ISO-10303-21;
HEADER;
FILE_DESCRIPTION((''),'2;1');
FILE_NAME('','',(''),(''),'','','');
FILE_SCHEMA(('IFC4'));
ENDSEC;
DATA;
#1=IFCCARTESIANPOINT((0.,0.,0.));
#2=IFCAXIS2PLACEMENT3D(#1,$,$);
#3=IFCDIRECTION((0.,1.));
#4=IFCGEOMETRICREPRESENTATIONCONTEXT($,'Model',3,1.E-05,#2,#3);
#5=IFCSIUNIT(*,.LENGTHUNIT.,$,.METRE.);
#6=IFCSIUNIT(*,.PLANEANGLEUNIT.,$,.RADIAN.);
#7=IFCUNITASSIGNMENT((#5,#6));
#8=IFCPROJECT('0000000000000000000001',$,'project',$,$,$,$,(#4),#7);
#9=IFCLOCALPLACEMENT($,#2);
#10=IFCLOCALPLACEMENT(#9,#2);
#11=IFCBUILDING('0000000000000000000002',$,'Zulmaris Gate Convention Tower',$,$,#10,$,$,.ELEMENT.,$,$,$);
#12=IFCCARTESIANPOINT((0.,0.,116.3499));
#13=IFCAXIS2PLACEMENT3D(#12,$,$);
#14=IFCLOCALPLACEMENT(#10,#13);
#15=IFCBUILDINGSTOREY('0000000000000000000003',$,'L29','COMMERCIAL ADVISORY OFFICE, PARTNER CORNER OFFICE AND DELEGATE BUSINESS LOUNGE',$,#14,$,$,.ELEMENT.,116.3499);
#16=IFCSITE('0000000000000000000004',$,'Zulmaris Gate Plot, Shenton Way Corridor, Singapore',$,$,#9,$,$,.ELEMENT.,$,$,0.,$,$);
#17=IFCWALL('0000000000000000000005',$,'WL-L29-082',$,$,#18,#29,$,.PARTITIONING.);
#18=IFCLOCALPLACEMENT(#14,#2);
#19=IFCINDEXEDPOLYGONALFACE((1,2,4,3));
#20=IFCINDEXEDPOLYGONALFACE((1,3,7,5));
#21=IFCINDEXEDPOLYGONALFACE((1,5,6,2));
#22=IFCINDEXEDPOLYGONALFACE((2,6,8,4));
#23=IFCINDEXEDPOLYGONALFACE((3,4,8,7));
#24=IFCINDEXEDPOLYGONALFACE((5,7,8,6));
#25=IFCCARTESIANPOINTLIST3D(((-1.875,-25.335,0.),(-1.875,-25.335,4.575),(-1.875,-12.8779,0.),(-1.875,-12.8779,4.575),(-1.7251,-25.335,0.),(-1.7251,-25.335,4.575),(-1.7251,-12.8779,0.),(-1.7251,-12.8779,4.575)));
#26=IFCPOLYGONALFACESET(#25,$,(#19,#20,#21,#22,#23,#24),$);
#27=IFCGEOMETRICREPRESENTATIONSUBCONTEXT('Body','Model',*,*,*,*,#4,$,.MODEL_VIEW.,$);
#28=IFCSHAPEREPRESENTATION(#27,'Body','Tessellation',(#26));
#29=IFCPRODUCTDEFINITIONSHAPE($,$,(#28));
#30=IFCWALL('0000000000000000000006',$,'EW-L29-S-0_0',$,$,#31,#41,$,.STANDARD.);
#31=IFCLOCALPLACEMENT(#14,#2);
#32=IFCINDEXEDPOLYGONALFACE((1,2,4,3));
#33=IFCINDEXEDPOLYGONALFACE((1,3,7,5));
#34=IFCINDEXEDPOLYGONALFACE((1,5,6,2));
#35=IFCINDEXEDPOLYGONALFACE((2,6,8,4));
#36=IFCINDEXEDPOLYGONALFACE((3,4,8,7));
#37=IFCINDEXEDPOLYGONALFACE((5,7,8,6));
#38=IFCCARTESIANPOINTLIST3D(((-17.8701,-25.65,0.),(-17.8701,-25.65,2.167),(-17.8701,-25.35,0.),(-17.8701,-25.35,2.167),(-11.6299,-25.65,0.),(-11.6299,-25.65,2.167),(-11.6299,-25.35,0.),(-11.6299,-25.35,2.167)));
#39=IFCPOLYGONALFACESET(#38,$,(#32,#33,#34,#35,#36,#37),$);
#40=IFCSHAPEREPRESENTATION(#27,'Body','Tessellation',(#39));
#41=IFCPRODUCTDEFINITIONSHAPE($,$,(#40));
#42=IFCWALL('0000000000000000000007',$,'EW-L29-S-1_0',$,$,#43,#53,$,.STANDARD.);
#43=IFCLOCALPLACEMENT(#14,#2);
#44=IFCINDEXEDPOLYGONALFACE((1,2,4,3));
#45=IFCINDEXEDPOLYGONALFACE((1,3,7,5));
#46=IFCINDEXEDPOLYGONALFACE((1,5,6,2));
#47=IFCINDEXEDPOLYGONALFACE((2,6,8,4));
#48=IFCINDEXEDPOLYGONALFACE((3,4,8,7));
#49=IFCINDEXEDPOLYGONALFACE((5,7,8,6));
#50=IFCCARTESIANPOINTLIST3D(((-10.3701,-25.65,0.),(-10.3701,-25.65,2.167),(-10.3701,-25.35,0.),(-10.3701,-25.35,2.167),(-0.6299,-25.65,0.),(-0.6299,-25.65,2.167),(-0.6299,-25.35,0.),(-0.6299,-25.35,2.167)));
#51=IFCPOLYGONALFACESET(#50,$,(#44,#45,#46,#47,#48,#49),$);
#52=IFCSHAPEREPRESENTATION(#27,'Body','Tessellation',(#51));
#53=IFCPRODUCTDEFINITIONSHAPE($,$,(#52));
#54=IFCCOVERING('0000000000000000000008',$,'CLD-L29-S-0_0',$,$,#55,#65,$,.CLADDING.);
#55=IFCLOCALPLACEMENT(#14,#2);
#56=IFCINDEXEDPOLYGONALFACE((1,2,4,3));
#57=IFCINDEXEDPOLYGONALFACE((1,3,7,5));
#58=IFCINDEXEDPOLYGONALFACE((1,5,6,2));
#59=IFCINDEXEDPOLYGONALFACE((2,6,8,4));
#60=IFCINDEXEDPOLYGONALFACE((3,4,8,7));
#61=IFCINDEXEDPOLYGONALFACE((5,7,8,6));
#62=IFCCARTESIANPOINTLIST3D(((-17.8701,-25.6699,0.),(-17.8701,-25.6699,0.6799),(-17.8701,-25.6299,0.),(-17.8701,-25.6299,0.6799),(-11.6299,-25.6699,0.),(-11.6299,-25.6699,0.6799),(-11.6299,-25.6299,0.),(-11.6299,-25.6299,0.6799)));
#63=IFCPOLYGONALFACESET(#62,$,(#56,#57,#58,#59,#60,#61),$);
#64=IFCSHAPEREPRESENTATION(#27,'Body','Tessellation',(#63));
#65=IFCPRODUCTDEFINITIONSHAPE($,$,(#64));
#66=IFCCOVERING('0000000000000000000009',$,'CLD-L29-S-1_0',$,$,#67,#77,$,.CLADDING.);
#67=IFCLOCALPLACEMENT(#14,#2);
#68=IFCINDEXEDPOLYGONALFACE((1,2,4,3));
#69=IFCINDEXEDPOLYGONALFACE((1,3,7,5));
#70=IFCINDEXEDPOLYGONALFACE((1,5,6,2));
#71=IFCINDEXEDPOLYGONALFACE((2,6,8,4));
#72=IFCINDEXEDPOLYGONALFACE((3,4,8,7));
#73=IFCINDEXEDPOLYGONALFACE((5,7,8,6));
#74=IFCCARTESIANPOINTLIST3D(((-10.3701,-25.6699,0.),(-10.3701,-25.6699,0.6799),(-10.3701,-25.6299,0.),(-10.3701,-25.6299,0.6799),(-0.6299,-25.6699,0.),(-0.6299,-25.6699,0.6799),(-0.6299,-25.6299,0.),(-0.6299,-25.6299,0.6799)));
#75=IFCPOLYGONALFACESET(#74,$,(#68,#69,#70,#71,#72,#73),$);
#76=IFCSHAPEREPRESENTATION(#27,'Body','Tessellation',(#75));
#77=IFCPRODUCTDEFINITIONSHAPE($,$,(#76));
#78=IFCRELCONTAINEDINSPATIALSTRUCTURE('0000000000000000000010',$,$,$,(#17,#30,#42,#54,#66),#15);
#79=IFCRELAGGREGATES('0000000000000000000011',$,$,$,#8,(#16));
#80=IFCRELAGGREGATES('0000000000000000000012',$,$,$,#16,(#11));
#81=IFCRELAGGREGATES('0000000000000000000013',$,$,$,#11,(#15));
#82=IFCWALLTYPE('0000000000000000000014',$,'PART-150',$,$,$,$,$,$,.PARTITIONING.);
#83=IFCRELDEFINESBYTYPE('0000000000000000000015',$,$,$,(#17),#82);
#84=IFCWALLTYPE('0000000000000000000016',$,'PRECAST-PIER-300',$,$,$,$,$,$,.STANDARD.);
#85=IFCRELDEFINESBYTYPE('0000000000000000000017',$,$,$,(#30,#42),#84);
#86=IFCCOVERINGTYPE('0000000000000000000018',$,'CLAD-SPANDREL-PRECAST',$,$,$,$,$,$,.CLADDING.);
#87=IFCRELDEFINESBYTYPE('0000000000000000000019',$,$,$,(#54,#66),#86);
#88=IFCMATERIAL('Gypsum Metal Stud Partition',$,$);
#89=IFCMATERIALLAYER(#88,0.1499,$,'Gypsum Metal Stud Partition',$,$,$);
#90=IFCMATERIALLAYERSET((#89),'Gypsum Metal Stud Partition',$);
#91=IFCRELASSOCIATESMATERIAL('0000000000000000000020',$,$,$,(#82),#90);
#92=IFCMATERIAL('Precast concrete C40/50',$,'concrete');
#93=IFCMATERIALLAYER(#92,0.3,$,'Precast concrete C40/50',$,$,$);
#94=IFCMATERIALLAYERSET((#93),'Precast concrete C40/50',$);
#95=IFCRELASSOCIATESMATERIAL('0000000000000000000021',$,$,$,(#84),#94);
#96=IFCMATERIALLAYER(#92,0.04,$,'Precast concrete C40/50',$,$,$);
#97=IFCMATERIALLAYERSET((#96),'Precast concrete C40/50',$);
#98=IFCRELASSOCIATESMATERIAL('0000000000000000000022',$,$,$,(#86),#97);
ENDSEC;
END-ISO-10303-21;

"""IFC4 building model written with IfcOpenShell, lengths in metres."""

from ifc_helpers import new_model, si_unit, direction, frame, frame_2d, origin, place, context, subcontext, project, spatial, rectangle, extrude, material, layer, layer_set, type_object, element, save


model = new_model("IFC4")

# Units and contexts
model_context = context("Model", 3, precision=1e-05, world=origin(), true_north=direction((0.0, 1.0)))
body_context = subcontext(model_context, "Body", "Model", "MODEL_VIEW")
ifc_project = project(units=[si_unit("LENGTHUNIT", "METRE"), si_unit("PLANEANGLEUNIT", "RADIAN")], contexts=[model_context])

# Site, building, storey
site_placement = place(None, origin())
site = spatial("IfcSite", under=ifc_project, at=site_placement, Name="Zulmaris Gate Plot, Shenton Way Corridor, Singapore", CompositionType="ELEMENT", RefElevation=0.0)
building_placement = place(site_placement, origin())
building = spatial("IfcBuilding", under=site, at=building_placement, Name="Zulmaris Gate Convention Tower", CompositionType="ELEMENT")
storey_placement = place(building_placement, frame((0.0, 0.0, 116.3499)))
storey = spatial("IfcBuildingStorey", under=building, at=storey_placement, Name="L29", Description="COMMERCIAL ADVISORY OFFICE, PARTNER CORNER OFFICE AND DELEGATE BUSINESS LOUNGE", CompositionType="ELEMENT", Elevation=116.3499)

# Shared definitions
ifc_material_1 = material(Name="Gypsum Metal Stud Partition")
ifc_layer_1 = layer(ifc_material_1, 0.1499, Name="Gypsum Metal Stud Partition")
ifc_layer_set_1 = layer_set([ifc_layer_1], Name="Gypsum Metal Stud Partition")
wall_type_1 = type_object("IfcWallType", Name="PART-150", PredefinedType="PARTITIONING", material=ifc_layer_set_1)

# Walls
for number, where, z_axis, x_axis, name in (
    (1, (-1.8, -25.335, 0.0), (0.0, 0.0, 1.0), (0.0, 1.0, 0.0), "WL-L29-082"),
):
    element("IfcWall", number, at=place(storey_placement, frame(where, z_axis=z_axis, x_axis=x_axis)), inside=storey, type_object=wall_type_1, Name=name, PredefinedType="PARTITIONING", context=body_context, shape_type="SweptSolid", body=[
        extrude(rectangle(XDim=12.457, YDim=0.1499, at=frame_2d((6.2285, 0.0))), origin(), (0.0, 0.0, 1.0), 4.575),
    ])
ifc_material_2 = material(Name="Precast concrete C40/50", Category="concrete")
ifc_layer_2 = layer(ifc_material_2, 0.3, Name="Precast concrete C40/50")
ifc_layer_set_2 = layer_set([ifc_layer_2], Name="Precast concrete C40/50")
wall_type_2 = type_object("IfcWallType", Name="PRECAST-PIER-300", PredefinedType="STANDARD", material=ifc_layer_set_2)
wall_1_placement = place(storey_placement, frame((-17.8701, -25.5, 0.0), z_axis=(0.0, 0.0, 1.0), x_axis=(1.0, 0.0, 0.0)))
element("IfcWall", 2, at=wall_1_placement, inside=storey, type_object=wall_type_2, Name="EW-L29-S-0_0", PredefinedType="STANDARD", context=body_context, shape_type="SweptSolid", body=[
    extrude(rectangle(XDim=6.2402, YDim=0.3, at=frame_2d((3.1201, 0.0))), origin(), (0.0, 0.0, 1.0), 2.167),
])
wall_2_placement = place(storey_placement, frame((-10.3701, -25.5, 0.0), z_axis=(0.0, 0.0, 1.0), x_axis=(1.0, 0.0, 0.0)))
element("IfcWall", 3, at=wall_2_placement, inside=storey, type_object=wall_type_2, Name="EW-L29-S-1_0", PredefinedType="STANDARD", context=body_context, shape_type="SweptSolid", body=[
    extrude(rectangle(XDim=9.7402, YDim=0.3, at=frame_2d((4.8701, 0.0))), origin(), (0.0, 0.0, 1.0), 2.167),
])

# Coverings
ifc_layer_3 = layer(ifc_material_2, 0.04, Name="Precast concrete C40/50")
ifc_layer_set_3 = layer_set([ifc_layer_3], Name="Precast concrete C40/50")
covering_type = type_object("IfcCoveringType", Name="CLAD-SPANDREL-PRECAST", PredefinedType="CLADDING", material=ifc_layer_set_3)
covering_1_placement = place(storey_placement, frame((-17.8701, -25.6499, 0.0), z_axis=(0.0, 0.0, 1.0), x_axis=(1.0, 0.0, 0.0)))
element("IfcCovering", 4, at=covering_1_placement, inside=storey, type_object=covering_type, Name="CLD-L29-S-0_0", PredefinedType="CLADDING", context=body_context, shape_type="SweptSolid", body=[
    extrude(rectangle(XDim=6.2402, YDim=0.04, at=frame_2d((3.1201, 0.0))), origin(), (0.0, 0.0, 1.0), 0.6799),
])
covering_2_placement = place(storey_placement, frame((-10.3701, -25.6499, 0.0), z_axis=(0.0, 0.0, 1.0), x_axis=(1.0, 0.0, 0.0)))
element("IfcCovering", 5, at=covering_2_placement, inside=storey, type_object=covering_type, Name="CLD-L29-S-1_0", PredefinedType="CLADDING", context=body_context, shape_type="SweptSolid", body=[
    extrude(rectangle(XDim=9.7402, YDim=0.04, at=frame_2d((4.8701, 0.0))), origin(), (0.0, 0.0, 1.0), 0.6799),
])

save(model, "model.ifc")
